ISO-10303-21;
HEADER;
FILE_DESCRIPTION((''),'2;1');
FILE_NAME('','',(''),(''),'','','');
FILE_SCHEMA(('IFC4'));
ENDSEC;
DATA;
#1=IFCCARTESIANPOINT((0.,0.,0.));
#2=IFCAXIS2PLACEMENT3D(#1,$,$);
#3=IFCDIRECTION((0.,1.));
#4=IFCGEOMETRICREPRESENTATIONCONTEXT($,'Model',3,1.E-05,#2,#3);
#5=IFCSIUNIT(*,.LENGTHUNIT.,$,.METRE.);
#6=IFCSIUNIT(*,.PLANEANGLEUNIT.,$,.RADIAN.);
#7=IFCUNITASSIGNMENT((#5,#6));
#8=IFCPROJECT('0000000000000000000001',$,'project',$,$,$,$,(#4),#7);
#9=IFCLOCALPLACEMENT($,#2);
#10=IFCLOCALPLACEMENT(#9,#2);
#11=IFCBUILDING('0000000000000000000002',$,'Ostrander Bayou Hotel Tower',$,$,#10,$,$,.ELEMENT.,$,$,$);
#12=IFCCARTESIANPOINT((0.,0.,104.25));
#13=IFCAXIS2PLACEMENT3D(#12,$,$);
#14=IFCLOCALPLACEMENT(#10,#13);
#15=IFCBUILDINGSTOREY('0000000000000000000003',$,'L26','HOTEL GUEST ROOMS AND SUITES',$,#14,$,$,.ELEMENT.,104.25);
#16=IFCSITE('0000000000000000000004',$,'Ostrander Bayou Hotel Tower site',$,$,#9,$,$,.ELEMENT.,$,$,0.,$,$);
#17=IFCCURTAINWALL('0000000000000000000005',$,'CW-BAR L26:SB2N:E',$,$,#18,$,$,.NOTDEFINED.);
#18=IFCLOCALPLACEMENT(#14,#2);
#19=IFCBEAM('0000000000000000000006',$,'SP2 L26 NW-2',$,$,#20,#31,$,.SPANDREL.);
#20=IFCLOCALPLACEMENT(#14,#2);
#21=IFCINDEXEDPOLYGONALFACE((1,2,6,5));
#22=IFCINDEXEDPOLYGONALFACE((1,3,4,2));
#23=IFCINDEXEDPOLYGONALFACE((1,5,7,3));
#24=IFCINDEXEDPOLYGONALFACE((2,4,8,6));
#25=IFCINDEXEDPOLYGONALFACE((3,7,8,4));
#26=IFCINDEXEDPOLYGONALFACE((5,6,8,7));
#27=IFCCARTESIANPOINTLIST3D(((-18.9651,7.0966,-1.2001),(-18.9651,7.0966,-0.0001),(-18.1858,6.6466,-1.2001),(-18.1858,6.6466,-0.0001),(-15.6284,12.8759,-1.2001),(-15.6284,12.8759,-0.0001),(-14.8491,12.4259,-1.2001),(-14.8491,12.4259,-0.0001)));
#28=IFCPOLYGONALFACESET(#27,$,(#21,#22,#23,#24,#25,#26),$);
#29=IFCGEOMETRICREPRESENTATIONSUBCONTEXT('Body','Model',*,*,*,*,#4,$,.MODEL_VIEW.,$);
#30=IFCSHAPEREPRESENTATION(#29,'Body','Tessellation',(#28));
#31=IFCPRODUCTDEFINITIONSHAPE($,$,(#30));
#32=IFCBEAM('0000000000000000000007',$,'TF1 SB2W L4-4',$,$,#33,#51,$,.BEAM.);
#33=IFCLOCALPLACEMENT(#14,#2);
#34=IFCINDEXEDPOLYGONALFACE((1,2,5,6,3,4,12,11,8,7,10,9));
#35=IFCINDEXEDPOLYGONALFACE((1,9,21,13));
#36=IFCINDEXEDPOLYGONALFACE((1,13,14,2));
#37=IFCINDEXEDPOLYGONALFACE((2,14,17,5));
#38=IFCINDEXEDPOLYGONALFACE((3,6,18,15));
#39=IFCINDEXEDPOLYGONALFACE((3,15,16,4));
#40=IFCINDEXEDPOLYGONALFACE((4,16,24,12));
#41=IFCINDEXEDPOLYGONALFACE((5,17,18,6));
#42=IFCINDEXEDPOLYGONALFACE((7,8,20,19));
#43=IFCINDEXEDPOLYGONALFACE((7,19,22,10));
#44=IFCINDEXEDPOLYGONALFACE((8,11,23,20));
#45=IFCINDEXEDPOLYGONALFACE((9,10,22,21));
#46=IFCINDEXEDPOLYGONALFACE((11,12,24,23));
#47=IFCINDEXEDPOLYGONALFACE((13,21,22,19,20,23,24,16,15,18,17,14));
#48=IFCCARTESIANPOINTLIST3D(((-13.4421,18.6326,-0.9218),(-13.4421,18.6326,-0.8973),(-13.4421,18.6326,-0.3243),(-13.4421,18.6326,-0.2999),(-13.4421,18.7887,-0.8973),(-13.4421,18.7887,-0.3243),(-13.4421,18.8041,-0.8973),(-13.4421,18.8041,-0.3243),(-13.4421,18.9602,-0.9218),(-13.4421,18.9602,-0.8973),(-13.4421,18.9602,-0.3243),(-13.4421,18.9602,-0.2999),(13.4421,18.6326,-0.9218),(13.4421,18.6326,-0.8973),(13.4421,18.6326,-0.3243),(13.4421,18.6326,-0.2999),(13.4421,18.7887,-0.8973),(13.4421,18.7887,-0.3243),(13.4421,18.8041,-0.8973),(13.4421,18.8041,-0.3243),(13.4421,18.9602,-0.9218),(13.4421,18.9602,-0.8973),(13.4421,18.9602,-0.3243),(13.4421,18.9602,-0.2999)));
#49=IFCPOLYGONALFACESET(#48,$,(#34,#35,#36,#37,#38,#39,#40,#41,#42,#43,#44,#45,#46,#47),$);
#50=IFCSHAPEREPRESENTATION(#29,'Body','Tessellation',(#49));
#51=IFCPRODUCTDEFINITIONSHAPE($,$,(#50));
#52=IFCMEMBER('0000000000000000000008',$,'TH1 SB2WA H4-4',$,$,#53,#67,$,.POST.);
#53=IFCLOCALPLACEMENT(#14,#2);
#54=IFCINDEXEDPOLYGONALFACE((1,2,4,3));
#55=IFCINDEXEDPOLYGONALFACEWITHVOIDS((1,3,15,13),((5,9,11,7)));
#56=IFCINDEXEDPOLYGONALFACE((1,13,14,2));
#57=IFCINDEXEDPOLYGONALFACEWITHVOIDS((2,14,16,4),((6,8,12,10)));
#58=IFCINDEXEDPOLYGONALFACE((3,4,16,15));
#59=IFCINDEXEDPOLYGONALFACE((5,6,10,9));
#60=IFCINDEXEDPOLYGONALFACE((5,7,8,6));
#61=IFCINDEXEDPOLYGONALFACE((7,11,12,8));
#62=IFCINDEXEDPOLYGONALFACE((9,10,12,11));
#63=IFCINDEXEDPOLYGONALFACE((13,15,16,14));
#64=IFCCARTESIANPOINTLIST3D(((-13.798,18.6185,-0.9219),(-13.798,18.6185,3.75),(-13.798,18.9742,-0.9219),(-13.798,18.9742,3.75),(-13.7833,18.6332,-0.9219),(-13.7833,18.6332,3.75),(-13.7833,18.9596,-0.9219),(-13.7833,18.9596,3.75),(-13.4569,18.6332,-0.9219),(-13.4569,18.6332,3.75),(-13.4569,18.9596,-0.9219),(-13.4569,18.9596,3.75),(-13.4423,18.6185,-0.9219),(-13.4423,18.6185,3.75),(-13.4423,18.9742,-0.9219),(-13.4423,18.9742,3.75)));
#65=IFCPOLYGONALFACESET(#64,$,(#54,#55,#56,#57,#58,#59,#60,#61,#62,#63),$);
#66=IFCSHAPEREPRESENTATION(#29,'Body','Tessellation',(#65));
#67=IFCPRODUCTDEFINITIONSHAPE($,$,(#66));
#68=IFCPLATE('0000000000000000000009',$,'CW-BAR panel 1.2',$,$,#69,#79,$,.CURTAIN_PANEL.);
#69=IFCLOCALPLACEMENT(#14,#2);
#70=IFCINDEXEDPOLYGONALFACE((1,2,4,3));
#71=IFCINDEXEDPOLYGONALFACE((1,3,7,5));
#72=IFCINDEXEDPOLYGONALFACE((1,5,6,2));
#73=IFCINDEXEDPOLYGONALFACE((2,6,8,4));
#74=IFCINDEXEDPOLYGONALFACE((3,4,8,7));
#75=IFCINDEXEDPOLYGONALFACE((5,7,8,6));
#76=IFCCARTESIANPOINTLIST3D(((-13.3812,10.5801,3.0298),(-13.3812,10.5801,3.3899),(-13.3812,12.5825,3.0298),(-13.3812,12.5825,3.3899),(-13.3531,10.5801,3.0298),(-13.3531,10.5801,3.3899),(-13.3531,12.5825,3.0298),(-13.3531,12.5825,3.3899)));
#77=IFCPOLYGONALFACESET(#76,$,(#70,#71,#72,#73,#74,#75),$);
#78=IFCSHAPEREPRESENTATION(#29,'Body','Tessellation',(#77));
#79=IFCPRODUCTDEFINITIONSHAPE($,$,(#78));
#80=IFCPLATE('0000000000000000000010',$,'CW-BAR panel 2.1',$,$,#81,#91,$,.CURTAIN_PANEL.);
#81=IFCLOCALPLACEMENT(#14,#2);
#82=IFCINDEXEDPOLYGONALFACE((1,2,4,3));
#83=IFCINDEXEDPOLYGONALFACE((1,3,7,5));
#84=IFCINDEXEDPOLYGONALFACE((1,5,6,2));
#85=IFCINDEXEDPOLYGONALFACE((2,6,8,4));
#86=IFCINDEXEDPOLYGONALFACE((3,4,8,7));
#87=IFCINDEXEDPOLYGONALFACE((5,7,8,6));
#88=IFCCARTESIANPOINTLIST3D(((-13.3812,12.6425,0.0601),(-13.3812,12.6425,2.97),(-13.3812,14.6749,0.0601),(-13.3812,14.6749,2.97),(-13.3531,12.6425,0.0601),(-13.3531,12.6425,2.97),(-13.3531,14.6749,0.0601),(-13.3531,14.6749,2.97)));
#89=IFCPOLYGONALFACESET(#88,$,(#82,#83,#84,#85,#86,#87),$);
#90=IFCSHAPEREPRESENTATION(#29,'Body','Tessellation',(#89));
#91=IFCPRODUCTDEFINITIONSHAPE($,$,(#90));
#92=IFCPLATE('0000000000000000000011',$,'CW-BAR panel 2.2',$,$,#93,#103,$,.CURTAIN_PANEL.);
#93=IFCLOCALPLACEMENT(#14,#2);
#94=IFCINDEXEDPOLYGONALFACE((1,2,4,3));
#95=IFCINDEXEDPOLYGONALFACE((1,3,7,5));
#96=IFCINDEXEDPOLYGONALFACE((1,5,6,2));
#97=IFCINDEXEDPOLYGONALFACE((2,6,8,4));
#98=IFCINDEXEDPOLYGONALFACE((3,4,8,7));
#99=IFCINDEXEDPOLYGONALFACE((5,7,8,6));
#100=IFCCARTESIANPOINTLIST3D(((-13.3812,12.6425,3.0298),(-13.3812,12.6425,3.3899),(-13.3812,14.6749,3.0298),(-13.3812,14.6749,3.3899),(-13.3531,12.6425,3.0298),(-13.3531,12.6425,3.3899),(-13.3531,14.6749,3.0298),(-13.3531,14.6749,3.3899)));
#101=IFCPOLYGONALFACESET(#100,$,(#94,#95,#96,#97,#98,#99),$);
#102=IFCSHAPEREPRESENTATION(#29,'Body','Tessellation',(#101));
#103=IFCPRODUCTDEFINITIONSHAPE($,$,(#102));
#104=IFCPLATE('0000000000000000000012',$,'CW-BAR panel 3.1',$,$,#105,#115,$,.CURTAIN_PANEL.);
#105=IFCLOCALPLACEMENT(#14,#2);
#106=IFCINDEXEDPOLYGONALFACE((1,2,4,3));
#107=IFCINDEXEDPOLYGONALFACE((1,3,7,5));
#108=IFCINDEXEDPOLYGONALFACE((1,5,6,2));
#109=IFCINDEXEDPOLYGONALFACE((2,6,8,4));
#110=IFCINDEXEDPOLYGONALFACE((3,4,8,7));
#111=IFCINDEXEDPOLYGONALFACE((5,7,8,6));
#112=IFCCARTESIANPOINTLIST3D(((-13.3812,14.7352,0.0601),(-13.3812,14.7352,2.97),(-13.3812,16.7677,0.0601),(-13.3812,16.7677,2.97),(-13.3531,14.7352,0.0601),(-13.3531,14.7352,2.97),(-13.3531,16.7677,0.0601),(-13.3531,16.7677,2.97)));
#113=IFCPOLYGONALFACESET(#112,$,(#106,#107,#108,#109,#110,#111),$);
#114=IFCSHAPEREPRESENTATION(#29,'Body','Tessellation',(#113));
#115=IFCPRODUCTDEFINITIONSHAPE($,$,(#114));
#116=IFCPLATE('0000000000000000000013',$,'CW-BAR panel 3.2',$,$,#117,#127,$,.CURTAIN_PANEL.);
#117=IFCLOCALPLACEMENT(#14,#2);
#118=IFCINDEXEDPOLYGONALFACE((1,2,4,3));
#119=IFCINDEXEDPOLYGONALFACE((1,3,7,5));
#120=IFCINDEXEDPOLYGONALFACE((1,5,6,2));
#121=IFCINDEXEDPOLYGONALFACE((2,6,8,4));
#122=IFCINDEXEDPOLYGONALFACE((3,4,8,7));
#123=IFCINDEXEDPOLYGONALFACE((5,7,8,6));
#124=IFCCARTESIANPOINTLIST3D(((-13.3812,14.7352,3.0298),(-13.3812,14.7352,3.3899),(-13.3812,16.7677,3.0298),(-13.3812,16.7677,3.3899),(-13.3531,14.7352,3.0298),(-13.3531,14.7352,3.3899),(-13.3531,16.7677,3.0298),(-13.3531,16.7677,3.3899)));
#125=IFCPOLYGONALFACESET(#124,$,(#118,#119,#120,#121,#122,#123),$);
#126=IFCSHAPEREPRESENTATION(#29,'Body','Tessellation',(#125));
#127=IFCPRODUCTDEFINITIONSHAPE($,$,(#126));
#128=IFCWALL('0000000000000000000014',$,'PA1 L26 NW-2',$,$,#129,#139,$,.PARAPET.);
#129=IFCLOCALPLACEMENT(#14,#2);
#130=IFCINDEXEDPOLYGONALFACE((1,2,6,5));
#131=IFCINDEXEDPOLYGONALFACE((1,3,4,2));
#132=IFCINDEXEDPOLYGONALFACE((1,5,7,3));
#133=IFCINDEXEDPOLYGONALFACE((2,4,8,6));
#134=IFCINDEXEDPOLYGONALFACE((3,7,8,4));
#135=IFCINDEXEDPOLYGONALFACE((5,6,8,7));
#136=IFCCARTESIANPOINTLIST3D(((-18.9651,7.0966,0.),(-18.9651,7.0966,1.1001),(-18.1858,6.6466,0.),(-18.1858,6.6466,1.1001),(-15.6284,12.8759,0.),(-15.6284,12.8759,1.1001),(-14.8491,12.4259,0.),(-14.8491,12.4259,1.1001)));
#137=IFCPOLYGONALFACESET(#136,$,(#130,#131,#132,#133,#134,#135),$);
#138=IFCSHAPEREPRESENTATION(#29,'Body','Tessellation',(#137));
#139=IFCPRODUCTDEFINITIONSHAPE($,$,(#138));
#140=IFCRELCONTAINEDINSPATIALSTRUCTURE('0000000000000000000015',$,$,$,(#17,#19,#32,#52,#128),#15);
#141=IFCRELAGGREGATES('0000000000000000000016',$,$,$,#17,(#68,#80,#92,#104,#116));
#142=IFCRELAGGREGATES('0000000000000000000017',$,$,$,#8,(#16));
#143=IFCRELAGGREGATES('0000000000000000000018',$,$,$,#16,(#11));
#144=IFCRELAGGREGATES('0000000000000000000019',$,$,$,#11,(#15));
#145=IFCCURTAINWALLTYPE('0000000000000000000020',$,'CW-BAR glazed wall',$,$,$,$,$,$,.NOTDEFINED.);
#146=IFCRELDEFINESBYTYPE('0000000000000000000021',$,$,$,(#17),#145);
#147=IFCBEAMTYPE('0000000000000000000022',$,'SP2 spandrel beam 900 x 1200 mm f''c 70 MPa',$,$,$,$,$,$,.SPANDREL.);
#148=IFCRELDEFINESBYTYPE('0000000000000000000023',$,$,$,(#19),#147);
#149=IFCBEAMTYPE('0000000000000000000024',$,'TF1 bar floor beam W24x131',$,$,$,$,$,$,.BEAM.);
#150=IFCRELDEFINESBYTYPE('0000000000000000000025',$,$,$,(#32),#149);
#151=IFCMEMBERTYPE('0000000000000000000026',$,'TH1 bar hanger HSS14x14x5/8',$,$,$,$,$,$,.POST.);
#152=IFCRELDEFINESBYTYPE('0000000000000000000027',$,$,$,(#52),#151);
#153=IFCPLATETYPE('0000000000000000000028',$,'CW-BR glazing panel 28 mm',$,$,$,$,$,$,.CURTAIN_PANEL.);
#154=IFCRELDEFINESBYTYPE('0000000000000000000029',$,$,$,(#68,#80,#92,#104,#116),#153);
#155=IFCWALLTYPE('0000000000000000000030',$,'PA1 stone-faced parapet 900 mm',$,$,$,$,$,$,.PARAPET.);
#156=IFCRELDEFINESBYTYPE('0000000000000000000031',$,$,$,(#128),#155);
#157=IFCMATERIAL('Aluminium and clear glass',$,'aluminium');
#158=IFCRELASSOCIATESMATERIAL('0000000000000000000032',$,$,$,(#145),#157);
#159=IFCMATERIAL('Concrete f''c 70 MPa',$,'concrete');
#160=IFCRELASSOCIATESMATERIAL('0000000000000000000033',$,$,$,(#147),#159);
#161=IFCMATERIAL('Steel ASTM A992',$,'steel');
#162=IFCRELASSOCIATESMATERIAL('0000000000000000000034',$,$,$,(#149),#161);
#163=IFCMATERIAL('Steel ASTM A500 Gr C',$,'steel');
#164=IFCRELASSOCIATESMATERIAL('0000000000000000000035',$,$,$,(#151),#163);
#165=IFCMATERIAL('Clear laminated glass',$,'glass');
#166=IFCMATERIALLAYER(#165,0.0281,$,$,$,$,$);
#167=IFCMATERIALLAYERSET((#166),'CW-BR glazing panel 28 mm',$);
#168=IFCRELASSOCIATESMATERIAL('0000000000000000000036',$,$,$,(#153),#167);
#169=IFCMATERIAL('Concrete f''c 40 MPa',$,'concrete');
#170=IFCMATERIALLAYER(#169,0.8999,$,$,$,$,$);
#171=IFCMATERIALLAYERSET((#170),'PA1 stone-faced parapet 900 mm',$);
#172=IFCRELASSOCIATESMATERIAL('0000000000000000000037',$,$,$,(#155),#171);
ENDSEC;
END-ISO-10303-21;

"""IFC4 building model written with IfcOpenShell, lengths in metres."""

from ifc_helpers import new_model, si_unit, direction, frame, frame_2d, origin, origin_2d, place, context, subcontext, project, spatial, rectangle, hollow_rectangle, i_section, extrude, material, layer, layer_set, material_profile, profile_set, type_object, element, aggregate, save


model = new_model("IFC4")

# Units and contexts
model_context = context("Model", 3, precision=1e-05, world=origin(), true_north=direction((0.0, 1.0)))
body_context = subcontext(model_context, "Body", "Model", "MODEL_VIEW")
ifc_project = project(units=[si_unit("LENGTHUNIT", "METRE"), si_unit("PLANEANGLEUNIT", "RADIAN")], contexts=[model_context])

# Site, building, storey
site_placement = place(None, origin())
site = spatial("IfcSite", under=ifc_project, at=site_placement, Name="Ostrander Bayou Hotel Tower site", CompositionType="ELEMENT", RefElevation=0.0)
building_placement = place(site_placement, origin())
building = spatial("IfcBuilding", under=site, at=building_placement, Name="Ostrander Bayou Hotel Tower", CompositionType="ELEMENT")
storey_placement = place(building_placement, frame((0.0, 0.0, 104.25)))
storey = spatial("IfcBuildingStorey", under=building, at=storey_placement, Name="L26", Description="HOTEL GUEST ROOMS AND SUITES", CompositionType="ELEMENT", Elevation=104.25)

# Curtain wall
ifc_material_1 = material(Name="Aluminium and clear glass", Category="aluminium")
curtain_wall_type = type_object("IfcCurtainWallType", Name="CW-BAR glazed wall", PredefinedType="NOTDEFINED", material=ifc_material_1)
curtain_wall_placement = place(storey_placement, origin())
curtain_wall = element("IfcCurtainWall", 1, at=curtain_wall_placement, inside=storey, type_object=curtain_wall_type, Name="CW-BAR L26:SB2N:E", PredefinedType="NOTDEFINED")

# Beams
ifc_material_2 = material(Name="Concrete f'c 70 MPa", Category="concrete")
ifc_material_profile_1 = material_profile(ifc_material_2, rectangle(XDim=0.8999, YDim=1.2, at=origin_2d()))
ifc_profile_set_1 = profile_set([ifc_material_profile_1], Name="Concrete f'c 70 MPa")
beam_type_1 = type_object("IfcBeamType", Name="SP2 spandrel beam 900 x 1200 mm f'c 70 MPa", PredefinedType="SPANDREL", material=ifc_profile_set_1)
beam_1_placement = place(storey_placement, frame((-15.2388, 12.6509, -0.6001), z_axis=(-0.499999, -0.866026, 0.0), x_axis=(0.866026, -0.499999, 0.0)))
element("IfcBeam", 2, at=beam_1_placement, inside=storey, type_object=beam_type_1, Name="SP2 L26 NW-2", PredefinedType="SPANDREL", context=body_context, shape_type="SweptSolid", body=[
    extrude(rectangle(XDim=0.8999, YDim=1.2, at=origin_2d()), origin(), (0.0, 0.0, 1.0), 6.6733),
])
ifc_material_3 = material(Name="Steel ASTM A992", Category="steel")
ifc_material_profile_2 = material_profile(ifc_material_3, i_section(OverallWidth=0.3276, OverallDepth=0.6218, WebThickness=0.0154, FlangeThickness=0.0244, at=origin_2d()))
ifc_profile_set_2 = profile_set([ifc_material_profile_2], Name="Steel ASTM A992")
beam_type_2 = type_object("IfcBeamType", Name="TF1 bar floor beam W24x131", PredefinedType="BEAM", material=ifc_profile_set_2)
beam_2_placement = place(storey_placement, frame((-13.4421, 18.7964, -0.6108), z_axis=(1.0, 0.0, 0.0), x_axis=(0.0, 1.0, 0.0)))
element("IfcBeam", 3, at=beam_2_placement, inside=storey, type_object=beam_type_2, Name="TF1 SB2W L4-4", PredefinedType="BEAM", context=body_context, shape_type="SweptSolid", body=[
    extrude(i_section(OverallWidth=0.3276, OverallDepth=0.6218, WebThickness=0.0154, FlangeThickness=0.0244, at=origin_2d()), origin(), (0.0, 0.0, 1.0), 26.8843),
])

# Member
ifc_material_4 = material(Name="Steel ASTM A500 Gr C", Category="steel")
ifc_material_profile_3 = material_profile(ifc_material_4, hollow_rectangle(XDim=0.3557, YDim=0.3557, WallThickness=0.0146, at=origin_2d()))
ifc_profile_set_3 = profile_set([ifc_material_profile_3], Name="Steel ASTM A500 Gr C")
member_type_1 = type_object("IfcMemberType", Name="TH1 bar hanger HSS14x14x5/8", PredefinedType="POST", material=ifc_profile_set_3)
member_1_placement = place(storey_placement, frame((-13.6201, 18.7964, -0.9219), z_axis=(0.0, 0.0, 1.0), x_axis=(1.0, 0.0, 0.0)))
element("IfcMember", 4, at=member_1_placement, inside=storey, type_object=member_type_1, Name="TH1 SB2WA H4-4", PredefinedType="POST", context=body_context, shape_type="SweptSolid", body=[
    extrude(hollow_rectangle(XDim=0.3557, YDim=0.3557, WallThickness=0.0146, at=origin_2d()), origin(), (0.0, 0.0, 1.0), 4.6719),
])

# Plates
ifc_material_5 = material(Name="Clear laminated glass", Category="glass")
ifc_layer_1 = layer(ifc_material_5, 0.0281)
ifc_layer_set_1 = layer_set([ifc_layer_1], Name="CW-BR glazing panel 28 mm")
plate_type = type_object("IfcPlateType", Name="CW-BR glazing panel 28 mm", PredefinedType="CURTAIN_PANEL", material=ifc_layer_set_1)
plate_1_placement = place(storey_placement, frame((-13.3672, 11.5813, 3.0298), z_axis=(0.0, 0.0, 1.0), x_axis=(0.0, 1.0, 0.0)))
plate_1 = element("IfcPlate", 5, at=plate_1_placement, type_object=plate_type, Name="CW-BAR panel 1.2", PredefinedType="CURTAIN_PANEL", context=body_context, shape_type="SweptSolid", body=[
    extrude(rectangle(XDim=2.0024, YDim=0.0281, at=origin_2d()), origin(), (0.0, 0.0, 1.0), 0.3601),
])
plate_2_placement = place(storey_placement, frame((-13.3672, 13.6587, 0.0601), z_axis=(0.0, 0.0, 1.0), x_axis=(0.0, 1.0, 0.0)))
plate_2 = element("IfcPlate", 6, at=plate_2_placement, type_object=plate_type, Name="CW-BAR panel 2.1", PredefinedType="CURTAIN_PANEL", context=body_context, shape_type="SweptSolid", body=[
    extrude(rectangle(XDim=2.0325, YDim=0.0281, at=origin_2d()), origin(), (0.0, 0.0, 1.0), 2.9099),
])
plate_3_placement = place(storey_placement, frame((-13.3672, 13.6587, 3.0298), z_axis=(0.0, 0.0, 1.0), x_axis=(0.0, 1.0, 0.0)))
plate_3 = element("IfcPlate", 7, at=plate_3_placement, type_object=plate_type, Name="CW-BAR panel 2.2", PredefinedType="CURTAIN_PANEL", context=body_context, shape_type="SweptSolid", body=[
    extrude(rectangle(XDim=2.0325, YDim=0.0281, at=origin_2d()), origin(), (0.0, 0.0, 1.0), 0.3601),
])
plate_4_placement = place(storey_placement, frame((-13.3672, 15.7515, 0.0601), z_axis=(0.0, 0.0, 1.0), x_axis=(0.0, 1.0, 0.0)))
plate_4 = element("IfcPlate", 8, at=plate_4_placement, type_object=plate_type, Name="CW-BAR panel 3.1", PredefinedType="CURTAIN_PANEL", context=body_context, shape_type="SweptSolid", body=[
    extrude(rectangle(XDim=2.0325, YDim=0.0281, at=origin_2d()), origin(), (0.0, 0.0, 1.0), 2.9099),
])
plate_5_placement = place(storey_placement, frame((-13.3672, 15.7515, 3.0298), z_axis=(0.0, 0.0, 1.0), x_axis=(0.0, 1.0, 0.0)))
plate_5 = element("IfcPlate", 9, at=plate_5_placement, type_object=plate_type, Name="CW-BAR panel 3.2", PredefinedType="CURTAIN_PANEL", context=body_context, shape_type="SweptSolid", body=[
    extrude(rectangle(XDim=2.0325, YDim=0.0281, at=origin_2d()), origin(), (0.0, 0.0, 1.0), 0.3601),
])
aggregate(curtain_wall, [plate_1, plate_2, plate_3, plate_4, plate_5])

# Wall
ifc_material_6 = material(Name="Concrete f'c 40 MPa", Category="concrete")
ifc_layer_2 = layer(ifc_material_6, 0.8999)
ifc_layer_set_2 = layer_set([ifc_layer_2], Name="PA1 stone-faced parapet 900 mm")
wall_type = type_object("IfcWallType", Name="PA1 stone-faced parapet 900 mm", PredefinedType="PARAPET", material=ifc_layer_set_2)
wall_placement = place(storey_placement, frame((-15.2388, 12.6509, 0.0), z_axis=(0.0, 0.0, 1.0), x_axis=(-0.499999, -0.866026, 0.0)))
element("IfcWall", 10, at=wall_placement, inside=storey, type_object=wall_type, Name="PA1 L26 NW-2", PredefinedType="PARAPET", context=body_context, shape_type="SweptSolid", body=[
    extrude(rectangle(XDim=6.6733, YDim=0.8999, at=frame_2d((3.3367, 0.0))), origin(), (0.0, 0.0, 1.0), 1.1001),
])

save(model, "model.ifc")
